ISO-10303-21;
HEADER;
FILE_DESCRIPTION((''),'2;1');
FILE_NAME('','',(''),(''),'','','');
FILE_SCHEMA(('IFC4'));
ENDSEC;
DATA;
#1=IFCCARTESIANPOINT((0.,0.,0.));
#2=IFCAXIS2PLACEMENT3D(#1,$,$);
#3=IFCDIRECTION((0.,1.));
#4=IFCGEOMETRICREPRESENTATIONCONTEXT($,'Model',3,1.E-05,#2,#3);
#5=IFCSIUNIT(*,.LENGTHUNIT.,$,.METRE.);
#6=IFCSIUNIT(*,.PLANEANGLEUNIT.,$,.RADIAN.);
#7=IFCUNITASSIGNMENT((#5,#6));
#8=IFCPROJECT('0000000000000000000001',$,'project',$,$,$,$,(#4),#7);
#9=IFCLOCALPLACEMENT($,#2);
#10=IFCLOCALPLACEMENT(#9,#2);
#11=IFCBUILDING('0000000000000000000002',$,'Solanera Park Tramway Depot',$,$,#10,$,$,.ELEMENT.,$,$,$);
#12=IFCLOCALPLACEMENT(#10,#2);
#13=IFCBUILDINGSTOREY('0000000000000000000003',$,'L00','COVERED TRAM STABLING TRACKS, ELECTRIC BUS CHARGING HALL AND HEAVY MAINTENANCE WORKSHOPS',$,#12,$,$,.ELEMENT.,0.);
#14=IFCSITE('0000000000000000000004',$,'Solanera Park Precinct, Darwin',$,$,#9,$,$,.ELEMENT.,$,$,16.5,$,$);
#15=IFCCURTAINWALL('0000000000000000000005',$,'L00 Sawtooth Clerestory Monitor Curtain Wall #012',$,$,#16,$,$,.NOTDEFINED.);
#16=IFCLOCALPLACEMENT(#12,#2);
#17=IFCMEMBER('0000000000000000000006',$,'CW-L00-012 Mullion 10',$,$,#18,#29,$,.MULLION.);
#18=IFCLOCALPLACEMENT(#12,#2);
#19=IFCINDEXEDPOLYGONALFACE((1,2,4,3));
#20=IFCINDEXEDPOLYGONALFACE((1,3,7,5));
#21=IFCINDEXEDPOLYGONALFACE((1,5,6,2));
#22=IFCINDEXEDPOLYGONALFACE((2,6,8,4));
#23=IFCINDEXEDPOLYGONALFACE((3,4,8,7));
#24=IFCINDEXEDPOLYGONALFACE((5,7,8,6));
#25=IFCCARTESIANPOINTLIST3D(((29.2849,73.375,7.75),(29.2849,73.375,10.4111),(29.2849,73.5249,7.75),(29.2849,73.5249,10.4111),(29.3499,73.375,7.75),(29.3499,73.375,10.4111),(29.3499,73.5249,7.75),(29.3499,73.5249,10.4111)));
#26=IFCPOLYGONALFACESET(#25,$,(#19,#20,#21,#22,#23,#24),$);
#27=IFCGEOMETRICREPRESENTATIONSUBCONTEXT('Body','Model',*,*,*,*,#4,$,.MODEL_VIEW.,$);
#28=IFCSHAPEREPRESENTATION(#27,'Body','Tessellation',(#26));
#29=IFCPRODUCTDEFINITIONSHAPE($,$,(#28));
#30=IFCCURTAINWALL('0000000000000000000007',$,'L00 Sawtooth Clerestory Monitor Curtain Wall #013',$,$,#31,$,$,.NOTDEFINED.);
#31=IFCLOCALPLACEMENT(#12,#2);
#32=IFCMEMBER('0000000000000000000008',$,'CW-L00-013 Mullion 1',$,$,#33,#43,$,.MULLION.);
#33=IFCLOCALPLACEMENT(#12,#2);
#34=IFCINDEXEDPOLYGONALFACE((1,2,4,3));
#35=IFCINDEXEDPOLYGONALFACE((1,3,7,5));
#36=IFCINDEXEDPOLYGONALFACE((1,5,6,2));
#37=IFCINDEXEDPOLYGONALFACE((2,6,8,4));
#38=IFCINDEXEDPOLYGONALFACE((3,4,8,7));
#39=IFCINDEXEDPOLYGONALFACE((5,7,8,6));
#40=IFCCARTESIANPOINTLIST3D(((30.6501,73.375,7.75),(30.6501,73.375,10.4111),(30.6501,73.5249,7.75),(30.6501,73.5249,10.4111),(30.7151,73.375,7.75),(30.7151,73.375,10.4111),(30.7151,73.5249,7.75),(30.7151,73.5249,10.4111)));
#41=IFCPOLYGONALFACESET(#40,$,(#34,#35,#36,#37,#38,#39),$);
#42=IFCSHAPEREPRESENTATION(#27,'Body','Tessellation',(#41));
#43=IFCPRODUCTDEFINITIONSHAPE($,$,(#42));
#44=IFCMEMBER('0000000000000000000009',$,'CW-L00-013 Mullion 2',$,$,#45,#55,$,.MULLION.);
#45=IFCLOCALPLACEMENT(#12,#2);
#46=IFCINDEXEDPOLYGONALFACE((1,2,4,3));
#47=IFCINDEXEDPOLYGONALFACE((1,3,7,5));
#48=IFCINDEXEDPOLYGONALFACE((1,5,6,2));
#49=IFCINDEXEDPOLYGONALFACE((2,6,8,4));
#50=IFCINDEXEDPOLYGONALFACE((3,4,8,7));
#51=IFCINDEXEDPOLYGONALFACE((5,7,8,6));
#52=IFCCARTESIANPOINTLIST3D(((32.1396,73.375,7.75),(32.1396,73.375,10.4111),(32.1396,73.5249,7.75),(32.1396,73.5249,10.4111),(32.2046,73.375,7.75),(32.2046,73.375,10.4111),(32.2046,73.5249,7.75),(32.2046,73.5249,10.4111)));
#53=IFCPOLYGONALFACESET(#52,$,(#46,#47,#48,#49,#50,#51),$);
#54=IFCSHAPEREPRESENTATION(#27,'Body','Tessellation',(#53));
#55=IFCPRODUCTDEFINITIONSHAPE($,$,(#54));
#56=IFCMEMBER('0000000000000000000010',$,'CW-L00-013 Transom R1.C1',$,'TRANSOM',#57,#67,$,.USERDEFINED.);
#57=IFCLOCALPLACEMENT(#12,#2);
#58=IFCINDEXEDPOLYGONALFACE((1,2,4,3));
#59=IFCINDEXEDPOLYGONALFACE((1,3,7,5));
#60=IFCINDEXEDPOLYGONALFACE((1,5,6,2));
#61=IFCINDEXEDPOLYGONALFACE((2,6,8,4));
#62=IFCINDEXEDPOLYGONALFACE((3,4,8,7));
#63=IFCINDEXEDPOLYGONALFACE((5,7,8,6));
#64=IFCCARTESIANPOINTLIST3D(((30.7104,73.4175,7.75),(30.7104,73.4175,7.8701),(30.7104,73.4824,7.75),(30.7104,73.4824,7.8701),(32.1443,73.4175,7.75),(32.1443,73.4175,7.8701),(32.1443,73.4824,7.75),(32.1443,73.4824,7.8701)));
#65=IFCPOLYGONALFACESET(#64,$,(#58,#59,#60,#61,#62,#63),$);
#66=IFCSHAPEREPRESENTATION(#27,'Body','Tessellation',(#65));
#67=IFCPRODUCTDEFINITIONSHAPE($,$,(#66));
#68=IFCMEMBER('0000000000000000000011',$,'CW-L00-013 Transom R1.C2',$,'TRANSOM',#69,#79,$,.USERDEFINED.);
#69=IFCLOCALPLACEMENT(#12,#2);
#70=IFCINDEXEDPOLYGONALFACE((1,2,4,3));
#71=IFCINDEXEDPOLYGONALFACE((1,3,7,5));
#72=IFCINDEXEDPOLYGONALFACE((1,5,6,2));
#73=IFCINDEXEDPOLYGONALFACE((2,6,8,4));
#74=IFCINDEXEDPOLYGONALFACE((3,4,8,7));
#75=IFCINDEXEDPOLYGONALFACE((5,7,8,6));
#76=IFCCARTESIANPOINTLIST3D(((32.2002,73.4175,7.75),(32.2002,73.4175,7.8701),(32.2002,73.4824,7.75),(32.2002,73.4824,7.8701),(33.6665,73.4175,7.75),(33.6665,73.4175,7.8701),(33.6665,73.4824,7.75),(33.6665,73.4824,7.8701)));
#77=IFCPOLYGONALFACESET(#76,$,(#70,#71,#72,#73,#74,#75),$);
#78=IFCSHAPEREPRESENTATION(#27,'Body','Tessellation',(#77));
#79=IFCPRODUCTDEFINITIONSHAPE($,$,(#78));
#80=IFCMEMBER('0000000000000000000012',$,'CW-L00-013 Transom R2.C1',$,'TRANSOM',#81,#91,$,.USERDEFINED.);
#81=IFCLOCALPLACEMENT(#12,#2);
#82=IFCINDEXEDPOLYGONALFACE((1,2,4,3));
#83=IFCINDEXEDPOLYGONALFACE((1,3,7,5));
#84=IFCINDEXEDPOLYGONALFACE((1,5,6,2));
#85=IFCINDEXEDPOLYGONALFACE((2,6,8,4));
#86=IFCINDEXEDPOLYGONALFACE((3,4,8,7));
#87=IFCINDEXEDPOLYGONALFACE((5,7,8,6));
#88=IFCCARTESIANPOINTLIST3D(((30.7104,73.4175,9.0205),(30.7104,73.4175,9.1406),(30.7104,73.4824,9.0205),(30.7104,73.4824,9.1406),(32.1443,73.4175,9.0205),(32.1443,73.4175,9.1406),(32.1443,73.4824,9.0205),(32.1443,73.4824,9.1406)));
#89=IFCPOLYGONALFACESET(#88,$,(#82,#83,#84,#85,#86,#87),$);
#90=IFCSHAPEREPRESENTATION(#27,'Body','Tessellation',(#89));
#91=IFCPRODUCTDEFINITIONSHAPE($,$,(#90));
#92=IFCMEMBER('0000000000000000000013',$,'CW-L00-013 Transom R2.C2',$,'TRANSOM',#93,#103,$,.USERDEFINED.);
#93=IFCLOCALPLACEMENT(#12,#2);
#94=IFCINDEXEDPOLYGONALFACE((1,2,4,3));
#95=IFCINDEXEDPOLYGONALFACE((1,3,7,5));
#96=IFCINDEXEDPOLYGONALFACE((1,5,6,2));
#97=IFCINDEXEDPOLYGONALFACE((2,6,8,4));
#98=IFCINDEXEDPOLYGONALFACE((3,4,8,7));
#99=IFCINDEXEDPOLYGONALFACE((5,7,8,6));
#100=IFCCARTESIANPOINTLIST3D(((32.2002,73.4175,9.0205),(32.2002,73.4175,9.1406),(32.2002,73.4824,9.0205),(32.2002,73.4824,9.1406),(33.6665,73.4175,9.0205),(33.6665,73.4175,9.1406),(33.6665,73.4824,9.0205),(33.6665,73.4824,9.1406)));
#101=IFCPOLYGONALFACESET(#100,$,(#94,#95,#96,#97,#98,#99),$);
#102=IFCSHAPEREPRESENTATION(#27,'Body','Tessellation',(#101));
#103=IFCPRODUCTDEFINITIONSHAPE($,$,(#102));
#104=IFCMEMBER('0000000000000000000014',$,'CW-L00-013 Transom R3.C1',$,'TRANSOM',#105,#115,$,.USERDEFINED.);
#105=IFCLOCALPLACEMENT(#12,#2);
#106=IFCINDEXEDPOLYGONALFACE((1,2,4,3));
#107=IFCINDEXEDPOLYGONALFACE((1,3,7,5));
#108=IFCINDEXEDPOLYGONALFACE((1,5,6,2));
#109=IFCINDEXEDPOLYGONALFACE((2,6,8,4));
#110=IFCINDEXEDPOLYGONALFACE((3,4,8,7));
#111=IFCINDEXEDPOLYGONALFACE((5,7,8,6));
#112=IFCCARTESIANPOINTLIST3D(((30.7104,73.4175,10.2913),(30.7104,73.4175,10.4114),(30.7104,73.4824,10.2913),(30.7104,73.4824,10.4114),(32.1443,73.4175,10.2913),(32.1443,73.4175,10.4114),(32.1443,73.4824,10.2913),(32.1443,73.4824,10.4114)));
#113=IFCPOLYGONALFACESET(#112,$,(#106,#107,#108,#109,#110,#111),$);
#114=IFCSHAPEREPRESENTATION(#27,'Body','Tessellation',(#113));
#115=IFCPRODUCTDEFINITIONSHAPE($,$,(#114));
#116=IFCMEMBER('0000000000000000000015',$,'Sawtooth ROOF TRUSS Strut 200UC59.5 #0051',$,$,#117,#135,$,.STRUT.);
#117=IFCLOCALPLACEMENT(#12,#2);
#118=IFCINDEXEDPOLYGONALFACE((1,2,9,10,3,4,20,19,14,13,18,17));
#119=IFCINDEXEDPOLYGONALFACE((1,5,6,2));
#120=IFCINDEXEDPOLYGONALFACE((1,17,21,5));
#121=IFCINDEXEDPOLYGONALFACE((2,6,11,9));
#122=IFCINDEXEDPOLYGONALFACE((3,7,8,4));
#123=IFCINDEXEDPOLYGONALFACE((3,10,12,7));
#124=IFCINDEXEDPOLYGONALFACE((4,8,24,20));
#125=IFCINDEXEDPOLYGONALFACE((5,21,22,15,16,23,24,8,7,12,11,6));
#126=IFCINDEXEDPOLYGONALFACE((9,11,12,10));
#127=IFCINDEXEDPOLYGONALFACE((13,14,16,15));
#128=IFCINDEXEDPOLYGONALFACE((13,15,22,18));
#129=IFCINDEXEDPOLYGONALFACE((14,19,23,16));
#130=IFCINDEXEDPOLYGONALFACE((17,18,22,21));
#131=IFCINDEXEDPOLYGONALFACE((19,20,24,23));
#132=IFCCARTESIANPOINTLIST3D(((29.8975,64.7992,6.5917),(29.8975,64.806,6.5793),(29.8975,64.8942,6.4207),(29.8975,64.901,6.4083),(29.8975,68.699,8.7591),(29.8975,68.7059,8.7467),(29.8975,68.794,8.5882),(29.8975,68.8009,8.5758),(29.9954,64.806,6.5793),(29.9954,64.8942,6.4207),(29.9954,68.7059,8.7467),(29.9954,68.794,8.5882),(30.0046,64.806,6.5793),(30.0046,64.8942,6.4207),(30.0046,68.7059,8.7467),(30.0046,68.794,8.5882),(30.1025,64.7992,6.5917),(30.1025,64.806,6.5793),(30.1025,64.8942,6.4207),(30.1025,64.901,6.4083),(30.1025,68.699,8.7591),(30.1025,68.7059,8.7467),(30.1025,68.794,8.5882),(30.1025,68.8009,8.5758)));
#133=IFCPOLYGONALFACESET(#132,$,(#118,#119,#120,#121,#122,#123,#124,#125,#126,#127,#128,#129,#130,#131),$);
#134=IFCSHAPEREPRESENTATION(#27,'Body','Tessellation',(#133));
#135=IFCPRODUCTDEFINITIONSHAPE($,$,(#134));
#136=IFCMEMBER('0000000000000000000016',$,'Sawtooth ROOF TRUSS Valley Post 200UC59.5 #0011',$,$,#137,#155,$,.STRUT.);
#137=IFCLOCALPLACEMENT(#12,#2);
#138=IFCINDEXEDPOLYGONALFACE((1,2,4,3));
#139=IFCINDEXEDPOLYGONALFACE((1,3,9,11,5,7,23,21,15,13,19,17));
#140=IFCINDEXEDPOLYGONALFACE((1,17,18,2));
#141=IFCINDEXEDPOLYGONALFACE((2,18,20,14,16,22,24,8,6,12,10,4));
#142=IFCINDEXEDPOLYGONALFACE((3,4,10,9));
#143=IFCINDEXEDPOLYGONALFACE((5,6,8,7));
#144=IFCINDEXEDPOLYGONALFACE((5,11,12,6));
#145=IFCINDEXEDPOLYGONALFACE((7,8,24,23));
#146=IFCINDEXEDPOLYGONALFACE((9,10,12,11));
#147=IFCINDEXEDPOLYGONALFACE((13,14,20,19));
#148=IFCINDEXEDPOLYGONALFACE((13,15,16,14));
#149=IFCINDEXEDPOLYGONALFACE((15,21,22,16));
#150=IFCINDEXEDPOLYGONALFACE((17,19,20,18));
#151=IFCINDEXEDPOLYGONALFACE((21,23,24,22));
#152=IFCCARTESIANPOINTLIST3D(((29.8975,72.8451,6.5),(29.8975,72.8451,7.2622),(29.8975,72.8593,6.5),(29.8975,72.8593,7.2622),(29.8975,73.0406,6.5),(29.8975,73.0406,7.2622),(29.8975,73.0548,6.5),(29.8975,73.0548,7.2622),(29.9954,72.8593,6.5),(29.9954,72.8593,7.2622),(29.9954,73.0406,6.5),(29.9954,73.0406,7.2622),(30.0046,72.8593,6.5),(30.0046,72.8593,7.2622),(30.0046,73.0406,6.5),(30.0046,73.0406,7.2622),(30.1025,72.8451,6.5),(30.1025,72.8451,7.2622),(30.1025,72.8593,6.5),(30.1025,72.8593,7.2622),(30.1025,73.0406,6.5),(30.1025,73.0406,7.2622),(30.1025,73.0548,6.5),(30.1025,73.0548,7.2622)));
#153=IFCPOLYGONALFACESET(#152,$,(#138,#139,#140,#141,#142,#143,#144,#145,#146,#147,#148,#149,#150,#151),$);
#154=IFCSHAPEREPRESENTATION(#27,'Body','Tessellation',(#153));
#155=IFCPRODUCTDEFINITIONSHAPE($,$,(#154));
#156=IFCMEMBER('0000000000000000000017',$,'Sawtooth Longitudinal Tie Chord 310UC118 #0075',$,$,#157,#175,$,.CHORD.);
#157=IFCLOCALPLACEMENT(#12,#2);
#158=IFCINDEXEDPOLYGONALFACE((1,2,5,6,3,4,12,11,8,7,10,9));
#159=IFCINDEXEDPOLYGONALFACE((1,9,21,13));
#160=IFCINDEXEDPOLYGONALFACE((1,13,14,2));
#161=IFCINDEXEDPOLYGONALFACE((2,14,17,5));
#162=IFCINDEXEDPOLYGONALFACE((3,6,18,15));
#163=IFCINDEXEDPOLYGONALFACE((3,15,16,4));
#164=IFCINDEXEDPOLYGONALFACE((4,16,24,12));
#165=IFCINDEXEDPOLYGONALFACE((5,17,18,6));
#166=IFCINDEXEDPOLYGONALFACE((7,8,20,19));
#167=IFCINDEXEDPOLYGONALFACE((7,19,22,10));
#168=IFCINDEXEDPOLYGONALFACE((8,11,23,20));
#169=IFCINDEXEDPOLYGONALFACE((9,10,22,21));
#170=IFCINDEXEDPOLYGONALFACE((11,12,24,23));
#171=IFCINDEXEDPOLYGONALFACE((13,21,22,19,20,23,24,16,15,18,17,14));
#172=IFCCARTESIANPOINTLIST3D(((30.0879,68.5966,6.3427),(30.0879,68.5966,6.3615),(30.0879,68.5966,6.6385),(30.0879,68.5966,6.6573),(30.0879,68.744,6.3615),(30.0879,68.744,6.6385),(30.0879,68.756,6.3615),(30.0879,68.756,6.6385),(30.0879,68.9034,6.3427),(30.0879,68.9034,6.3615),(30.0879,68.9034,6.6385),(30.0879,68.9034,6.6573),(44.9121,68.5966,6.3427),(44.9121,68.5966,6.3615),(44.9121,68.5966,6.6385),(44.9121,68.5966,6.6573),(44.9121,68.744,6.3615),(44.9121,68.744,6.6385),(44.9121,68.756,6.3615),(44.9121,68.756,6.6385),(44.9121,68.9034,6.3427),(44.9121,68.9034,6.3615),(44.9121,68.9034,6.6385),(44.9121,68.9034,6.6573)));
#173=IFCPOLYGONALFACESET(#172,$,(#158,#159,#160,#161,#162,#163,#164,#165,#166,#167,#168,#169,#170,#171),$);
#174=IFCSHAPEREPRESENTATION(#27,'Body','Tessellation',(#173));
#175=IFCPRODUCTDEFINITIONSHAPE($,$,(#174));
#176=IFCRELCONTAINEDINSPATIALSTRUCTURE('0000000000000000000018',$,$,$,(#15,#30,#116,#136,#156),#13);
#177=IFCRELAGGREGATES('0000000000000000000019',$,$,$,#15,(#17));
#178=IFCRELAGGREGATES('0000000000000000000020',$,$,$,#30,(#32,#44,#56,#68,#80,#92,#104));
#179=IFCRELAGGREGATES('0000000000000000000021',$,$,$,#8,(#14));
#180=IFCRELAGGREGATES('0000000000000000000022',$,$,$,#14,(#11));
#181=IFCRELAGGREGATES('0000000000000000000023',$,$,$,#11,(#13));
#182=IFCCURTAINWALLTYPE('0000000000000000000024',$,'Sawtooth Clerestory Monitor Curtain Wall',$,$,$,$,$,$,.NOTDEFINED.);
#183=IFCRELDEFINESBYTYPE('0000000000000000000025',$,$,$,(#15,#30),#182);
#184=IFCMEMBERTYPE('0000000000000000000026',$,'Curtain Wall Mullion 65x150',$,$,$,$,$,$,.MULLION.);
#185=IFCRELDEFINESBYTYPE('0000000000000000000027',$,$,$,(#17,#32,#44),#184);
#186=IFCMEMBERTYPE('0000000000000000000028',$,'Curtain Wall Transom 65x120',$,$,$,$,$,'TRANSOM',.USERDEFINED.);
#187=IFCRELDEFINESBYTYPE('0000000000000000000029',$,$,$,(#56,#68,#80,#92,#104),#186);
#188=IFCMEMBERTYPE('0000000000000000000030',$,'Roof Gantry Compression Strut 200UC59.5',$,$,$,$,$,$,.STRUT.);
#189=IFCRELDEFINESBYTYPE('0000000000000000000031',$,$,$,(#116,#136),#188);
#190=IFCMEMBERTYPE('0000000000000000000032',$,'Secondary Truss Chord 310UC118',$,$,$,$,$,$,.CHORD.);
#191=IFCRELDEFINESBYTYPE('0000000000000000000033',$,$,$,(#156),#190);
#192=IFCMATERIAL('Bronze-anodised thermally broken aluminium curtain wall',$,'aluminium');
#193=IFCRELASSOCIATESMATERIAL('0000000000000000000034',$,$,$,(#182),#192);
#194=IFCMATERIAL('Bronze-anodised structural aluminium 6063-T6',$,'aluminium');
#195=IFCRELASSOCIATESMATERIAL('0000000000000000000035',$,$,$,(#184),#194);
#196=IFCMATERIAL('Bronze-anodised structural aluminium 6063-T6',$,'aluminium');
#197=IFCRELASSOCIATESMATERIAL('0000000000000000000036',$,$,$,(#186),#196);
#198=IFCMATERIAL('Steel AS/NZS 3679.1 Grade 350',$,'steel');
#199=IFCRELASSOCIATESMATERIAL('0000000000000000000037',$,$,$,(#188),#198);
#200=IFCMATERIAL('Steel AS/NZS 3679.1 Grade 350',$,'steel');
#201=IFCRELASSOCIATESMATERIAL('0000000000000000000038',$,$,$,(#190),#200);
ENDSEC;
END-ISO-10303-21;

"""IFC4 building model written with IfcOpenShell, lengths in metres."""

from ifc_helpers import new_model, si_unit, direction, frame, origin, origin_2d, place, context, subcontext, project, spatial, rectangle, i_section, extrude, material, material_profile, profile_set, type_object, element, aggregate, save


model = new_model("IFC4")

# Units and contexts
model_context = context("Model", 3, precision=1e-05, world=origin(), true_north=direction((0.0, 1.0)))
body_context = subcontext(model_context, "Body", "Model", "MODEL_VIEW")
ifc_project = project(units=[si_unit("LENGTHUNIT", "METRE"), si_unit("PLANEANGLEUNIT", "RADIAN")], contexts=[model_context])

# Site, building, storey
site_placement = place(None, origin())
site = spatial("IfcSite", under=ifc_project, at=site_placement, Name="Solanera Park Precinct, Darwin", CompositionType="ELEMENT", RefElevation=16.5)
building_placement = place(site_placement, origin())
building = spatial("IfcBuilding", under=site, at=building_placement, Name="Solanera Park Tramway Depot", CompositionType="ELEMENT")
storey_placement = place(building_placement, origin())
storey = spatial("IfcBuildingStorey", under=building, at=storey_placement, Name="L00", Description="COVERED TRAM STABLING TRACKS, ELECTRIC BUS CHARGING HALL AND HEAVY MAINTENANCE WORKSHOPS", CompositionType="ELEMENT", Elevation=0.0)

# Curtain wall, member
ifc_material_1 = material(Name="Bronze-anodised thermally broken aluminium curtain wall", Category="aluminium")
curtain_wall_type = type_object("IfcCurtainWallType", Name="Sawtooth Clerestory Monitor Curtain Wall", PredefinedType="NOTDEFINED", material=ifc_material_1)
curtain_wall_1_placement = place(storey_placement, origin())
curtain_wall_1 = element("IfcCurtainWall", 1, at=curtain_wall_1_placement, inside=storey, type_object=curtain_wall_type, Name="L00 Sawtooth Clerestory Monitor Curtain Wall #012", PredefinedType="NOTDEFINED")
ifc_material_2 = material(Name="Bronze-anodised structural aluminium 6063-T6", Category="aluminium")
ifc_material_profile_1 = material_profile(ifc_material_2, rectangle(XDim=0.0649, YDim=0.1499, at=origin_2d()), Name="Curtain Wall Mullion 65x150")
ifc_profile_set_1 = profile_set([ifc_material_profile_1], Name="Bronze-anodised structural aluminium 6063-T6")
member_type_1 = type_object("IfcMemberType", Name="Curtain Wall Mullion 65x150", PredefinedType="MULLION", material=ifc_profile_set_1)
member_1_placement = place(storey_placement, frame((29.3174, 73.45, 7.75), z_axis=(0.0, 0.0, 1.0), x_axis=(1.0, 0.0, 0.0)))
member_1 = element("IfcMember", 2, at=member_1_placement, type_object=member_type_1, Name="CW-L00-012 Mullion 10", PredefinedType="MULLION", context=body_context, shape_type="SweptSolid", body=[
    extrude(rectangle(XDim=0.0649, YDim=0.1499, at=origin_2d()), origin(), (0.0, 0.0, 1.0), 2.6611),
])
aggregate(curtain_wall_1, [member_1])

# Curtain wall, members
curtain_wall_2_placement = place(storey_placement, origin())
curtain_wall_2 = element("IfcCurtainWall", 3, at=curtain_wall_2_placement, inside=storey, type_object=curtain_wall_type, Name="L00 Sawtooth Clerestory Monitor Curtain Wall #013", PredefinedType="NOTDEFINED")
member_2_placement = place(storey_placement, frame((30.6826, 73.45, 7.75), z_axis=(0.0, 0.0, 1.0), x_axis=(1.0, 0.0, 0.0)))
member_2 = element("IfcMember", 4, at=member_2_placement, type_object=member_type_1, Name="CW-L00-013 Mullion 1", PredefinedType="MULLION", context=body_context, shape_type="SweptSolid", body=[
    extrude(rectangle(XDim=0.0649, YDim=0.1499, at=origin_2d()), origin(), (0.0, 0.0, 1.0), 2.6611),
])
member_3_placement = place(storey_placement, frame((32.1721, 73.45, 7.75), z_axis=(0.0, 0.0, 1.0), x_axis=(1.0, 0.0, 0.0)))
member_3 = element("IfcMember", 5, at=member_3_placement, type_object=member_type_1, Name="CW-L00-013 Mullion 2", PredefinedType="MULLION", context=body_context, shape_type="SweptSolid", body=[
    extrude(rectangle(XDim=0.0649, YDim=0.1499, at=origin_2d()), origin(), (0.0, 0.0, 1.0), 2.6611),
])
ifc_material_3 = material(Name="Bronze-anodised structural aluminium 6063-T6", Category="aluminium")
ifc_material_profile_2 = material_profile(ifc_material_3, rectangle(XDim=0.0649, YDim=0.1201, at=origin_2d()), Name="Curtain Wall Transom 65x120")
ifc_profile_set_2 = profile_set([ifc_material_profile_2], Name="Bronze-anodised structural aluminium 6063-T6")
member_type_2 = type_object("IfcMemberType", Name="Curtain Wall Transom 65x120", ElementType="TRANSOM", PredefinedType="USERDEFINED", material=ifc_profile_set_2)
member_4_placement = place(storey_placement, frame((30.7104, 73.45, 7.8101), z_axis=(1.0, 0.0, 0.0), x_axis=(0.0, 1.0, 0.0)))
member_4 = element("IfcMember", 6, at=member_4_placement, type_object=member_type_2, Name="CW-L00-013 Transom R1.C1", ObjectType="TRANSOM", PredefinedType="USERDEFINED", context=body_context, shape_type="SweptSolid", body=[
    extrude(rectangle(XDim=0.0649, YDim=0.1201, at=origin_2d()), origin(), (0.0, 0.0, 1.0), 1.4338),
])
member_5_placement = place(storey_placement, frame((32.2002, 73.45, 7.8101), z_axis=(1.0, 0.0, 0.0), x_axis=(0.0, 1.0, 0.0)))
member_5 = element("IfcMember", 7, at=member_5_placement, type_object=member_type_2, Name="CW-L00-013 Transom R1.C2", ObjectType="TRANSOM", PredefinedType="USERDEFINED", context=body_context, shape_type="SweptSolid", body=[
    extrude(rectangle(XDim=0.0649, YDim=0.1201, at=origin_2d()), origin(), (0.0, 0.0, 1.0), 1.4663),
])
member_6_placement = place(storey_placement, frame((30.7104, 73.45, 9.0806), z_axis=(1.0, 0.0, 0.0), x_axis=(0.0, 1.0, 0.0)))
member_6 = element("IfcMember", 8, at=member_6_placement, type_object=member_type_2, Name="CW-L00-013 Transom R2.C1", ObjectType="TRANSOM", PredefinedType="USERDEFINED", context=body_context, shape_type="SweptSolid", body=[
    extrude(rectangle(XDim=0.0649, YDim=0.1201, at=origin_2d()), origin(), (0.0, 0.0, 1.0), 1.4338),
])
member_7_placement = place(storey_placement, frame((32.2002, 73.45, 9.0806), z_axis=(1.0, 0.0, 0.0), x_axis=(0.0, 1.0, 0.0)))
member_7 = element("IfcMember", 9, at=member_7_placement, type_object=member_type_2, Name="CW-L00-013 Transom R2.C2", ObjectType="TRANSOM", PredefinedType="USERDEFINED", context=body_context, shape_type="SweptSolid", body=[
    extrude(rectangle(XDim=0.0649, YDim=0.1201, at=origin_2d()), origin(), (0.0, 0.0, 1.0), 1.4663),
])
member_8_placement = place(storey_placement, frame((30.7104, 73.45, 10.3513), z_axis=(1.0, 0.0, 0.0), x_axis=(0.0, 1.0, 0.0)))
member_8 = element("IfcMember", 10, at=member_8_placement, type_object=member_type_2, Name="CW-L00-013 Transom R3.C1", ObjectType="TRANSOM", PredefinedType="USERDEFINED", context=body_context, shape_type="SweptSolid", body=[
    extrude(rectangle(XDim=0.0649, YDim=0.1201, at=origin_2d()), origin(), (0.0, 0.0, 1.0), 1.4338),
])

# Members
ifc_material_4 = material(Name="Steel AS/NZS 3679.1 Grade 350", Category="steel")
ifc_material_profile_3 = material_profile(ifc_material_4, i_section(OverallWidth=0.2051, OverallDepth=0.2097, WebThickness=0.0093, FlangeThickness=0.0142, at=origin_2d()), Name="200UC59.5")
ifc_profile_set_3 = profile_set([ifc_material_profile_3], Name="Steel AS/NZS 3679.1 Grade 350")
member_type_3 = type_object("IfcMemberType", Name="Roof Gantry Compression Strut 200UC59.5", PredefinedType="STRUT", material=ifc_profile_set_3)
member_9_placement = place(storey_placement, frame((30.0, 64.8501, 6.5), z_axis=(0.0, 0.874075, 0.485792), x_axis=(-1.0, 0.0, 0.0)))
element("IfcMember", 11, at=member_9_placement, inside=storey, type_object=member_type_3, Name="Sawtooth ROOF TRUSS Strut 200UC59.5 #0051", PredefinedType="STRUT", context=body_context, shape_type="SweptSolid", body=[
    extrude(i_section(OverallWidth=0.2051, OverallDepth=0.2097, WebThickness=0.0093, FlangeThickness=0.0142, at=origin_2d()), origin(), (0.0, 0.0, 1.0), 4.4617),
])
member_10_placement = place(storey_placement, frame((30.0, 72.95, 6.5), z_axis=(0.0, 0.0, 1.0), x_axis=(1.0, 0.0, 0.0)))
element("IfcMember", 12, at=member_10_placement, inside=storey, type_object=member_type_3, Name="Sawtooth ROOF TRUSS Valley Post 200UC59.5 #0011", PredefinedType="STRUT", context=body_context, shape_type="SweptSolid", body=[
    extrude(i_section(OverallWidth=0.2051, OverallDepth=0.2097, WebThickness=0.0093, FlangeThickness=0.0142, at=origin_2d()), origin(), (0.0, 0.0, 1.0), 0.7622),
])
ifc_material_5 = material(Name="Steel AS/NZS 3679.1 Grade 350", Category="steel")
ifc_material_profile_4 = material_profile(ifc_material_5, i_section(OverallWidth=0.3069, OverallDepth=0.3147, WebThickness=0.012, FlangeThickness=0.0188, at=origin_2d()), Name="310UC118")
ifc_profile_set_4 = profile_set([ifc_material_profile_4], Name="Steel AS/NZS 3679.1 Grade 350")
member_type_4 = type_object("IfcMemberType", Name="Secondary Truss Chord 310UC118", PredefinedType="CHORD", material=ifc_profile_set_4)
member_11_placement = place(storey_placement, frame((30.0879, 68.75, 6.5), z_axis=(1.0, 0.0, 0.0), x_axis=(0.0, 1.0, 0.0)))
element("IfcMember", 13, at=member_11_placement, inside=storey, type_object=member_type_4, Name="Sawtooth Longitudinal Tie Chord 310UC118 #0075", PredefinedType="CHORD", context=body_context, shape_type="SweptSolid", body=[
    extrude(i_section(OverallWidth=0.3069, OverallDepth=0.3147, WebThickness=0.012, FlangeThickness=0.0188, at=origin_2d()), origin(), (0.0, 0.0, 1.0), 14.8242),
])

aggregate(curtain_wall_2, [member_2, member_3, member_4, member_5, member_6, member_7, member_8])

save(model, "model.ifc")
